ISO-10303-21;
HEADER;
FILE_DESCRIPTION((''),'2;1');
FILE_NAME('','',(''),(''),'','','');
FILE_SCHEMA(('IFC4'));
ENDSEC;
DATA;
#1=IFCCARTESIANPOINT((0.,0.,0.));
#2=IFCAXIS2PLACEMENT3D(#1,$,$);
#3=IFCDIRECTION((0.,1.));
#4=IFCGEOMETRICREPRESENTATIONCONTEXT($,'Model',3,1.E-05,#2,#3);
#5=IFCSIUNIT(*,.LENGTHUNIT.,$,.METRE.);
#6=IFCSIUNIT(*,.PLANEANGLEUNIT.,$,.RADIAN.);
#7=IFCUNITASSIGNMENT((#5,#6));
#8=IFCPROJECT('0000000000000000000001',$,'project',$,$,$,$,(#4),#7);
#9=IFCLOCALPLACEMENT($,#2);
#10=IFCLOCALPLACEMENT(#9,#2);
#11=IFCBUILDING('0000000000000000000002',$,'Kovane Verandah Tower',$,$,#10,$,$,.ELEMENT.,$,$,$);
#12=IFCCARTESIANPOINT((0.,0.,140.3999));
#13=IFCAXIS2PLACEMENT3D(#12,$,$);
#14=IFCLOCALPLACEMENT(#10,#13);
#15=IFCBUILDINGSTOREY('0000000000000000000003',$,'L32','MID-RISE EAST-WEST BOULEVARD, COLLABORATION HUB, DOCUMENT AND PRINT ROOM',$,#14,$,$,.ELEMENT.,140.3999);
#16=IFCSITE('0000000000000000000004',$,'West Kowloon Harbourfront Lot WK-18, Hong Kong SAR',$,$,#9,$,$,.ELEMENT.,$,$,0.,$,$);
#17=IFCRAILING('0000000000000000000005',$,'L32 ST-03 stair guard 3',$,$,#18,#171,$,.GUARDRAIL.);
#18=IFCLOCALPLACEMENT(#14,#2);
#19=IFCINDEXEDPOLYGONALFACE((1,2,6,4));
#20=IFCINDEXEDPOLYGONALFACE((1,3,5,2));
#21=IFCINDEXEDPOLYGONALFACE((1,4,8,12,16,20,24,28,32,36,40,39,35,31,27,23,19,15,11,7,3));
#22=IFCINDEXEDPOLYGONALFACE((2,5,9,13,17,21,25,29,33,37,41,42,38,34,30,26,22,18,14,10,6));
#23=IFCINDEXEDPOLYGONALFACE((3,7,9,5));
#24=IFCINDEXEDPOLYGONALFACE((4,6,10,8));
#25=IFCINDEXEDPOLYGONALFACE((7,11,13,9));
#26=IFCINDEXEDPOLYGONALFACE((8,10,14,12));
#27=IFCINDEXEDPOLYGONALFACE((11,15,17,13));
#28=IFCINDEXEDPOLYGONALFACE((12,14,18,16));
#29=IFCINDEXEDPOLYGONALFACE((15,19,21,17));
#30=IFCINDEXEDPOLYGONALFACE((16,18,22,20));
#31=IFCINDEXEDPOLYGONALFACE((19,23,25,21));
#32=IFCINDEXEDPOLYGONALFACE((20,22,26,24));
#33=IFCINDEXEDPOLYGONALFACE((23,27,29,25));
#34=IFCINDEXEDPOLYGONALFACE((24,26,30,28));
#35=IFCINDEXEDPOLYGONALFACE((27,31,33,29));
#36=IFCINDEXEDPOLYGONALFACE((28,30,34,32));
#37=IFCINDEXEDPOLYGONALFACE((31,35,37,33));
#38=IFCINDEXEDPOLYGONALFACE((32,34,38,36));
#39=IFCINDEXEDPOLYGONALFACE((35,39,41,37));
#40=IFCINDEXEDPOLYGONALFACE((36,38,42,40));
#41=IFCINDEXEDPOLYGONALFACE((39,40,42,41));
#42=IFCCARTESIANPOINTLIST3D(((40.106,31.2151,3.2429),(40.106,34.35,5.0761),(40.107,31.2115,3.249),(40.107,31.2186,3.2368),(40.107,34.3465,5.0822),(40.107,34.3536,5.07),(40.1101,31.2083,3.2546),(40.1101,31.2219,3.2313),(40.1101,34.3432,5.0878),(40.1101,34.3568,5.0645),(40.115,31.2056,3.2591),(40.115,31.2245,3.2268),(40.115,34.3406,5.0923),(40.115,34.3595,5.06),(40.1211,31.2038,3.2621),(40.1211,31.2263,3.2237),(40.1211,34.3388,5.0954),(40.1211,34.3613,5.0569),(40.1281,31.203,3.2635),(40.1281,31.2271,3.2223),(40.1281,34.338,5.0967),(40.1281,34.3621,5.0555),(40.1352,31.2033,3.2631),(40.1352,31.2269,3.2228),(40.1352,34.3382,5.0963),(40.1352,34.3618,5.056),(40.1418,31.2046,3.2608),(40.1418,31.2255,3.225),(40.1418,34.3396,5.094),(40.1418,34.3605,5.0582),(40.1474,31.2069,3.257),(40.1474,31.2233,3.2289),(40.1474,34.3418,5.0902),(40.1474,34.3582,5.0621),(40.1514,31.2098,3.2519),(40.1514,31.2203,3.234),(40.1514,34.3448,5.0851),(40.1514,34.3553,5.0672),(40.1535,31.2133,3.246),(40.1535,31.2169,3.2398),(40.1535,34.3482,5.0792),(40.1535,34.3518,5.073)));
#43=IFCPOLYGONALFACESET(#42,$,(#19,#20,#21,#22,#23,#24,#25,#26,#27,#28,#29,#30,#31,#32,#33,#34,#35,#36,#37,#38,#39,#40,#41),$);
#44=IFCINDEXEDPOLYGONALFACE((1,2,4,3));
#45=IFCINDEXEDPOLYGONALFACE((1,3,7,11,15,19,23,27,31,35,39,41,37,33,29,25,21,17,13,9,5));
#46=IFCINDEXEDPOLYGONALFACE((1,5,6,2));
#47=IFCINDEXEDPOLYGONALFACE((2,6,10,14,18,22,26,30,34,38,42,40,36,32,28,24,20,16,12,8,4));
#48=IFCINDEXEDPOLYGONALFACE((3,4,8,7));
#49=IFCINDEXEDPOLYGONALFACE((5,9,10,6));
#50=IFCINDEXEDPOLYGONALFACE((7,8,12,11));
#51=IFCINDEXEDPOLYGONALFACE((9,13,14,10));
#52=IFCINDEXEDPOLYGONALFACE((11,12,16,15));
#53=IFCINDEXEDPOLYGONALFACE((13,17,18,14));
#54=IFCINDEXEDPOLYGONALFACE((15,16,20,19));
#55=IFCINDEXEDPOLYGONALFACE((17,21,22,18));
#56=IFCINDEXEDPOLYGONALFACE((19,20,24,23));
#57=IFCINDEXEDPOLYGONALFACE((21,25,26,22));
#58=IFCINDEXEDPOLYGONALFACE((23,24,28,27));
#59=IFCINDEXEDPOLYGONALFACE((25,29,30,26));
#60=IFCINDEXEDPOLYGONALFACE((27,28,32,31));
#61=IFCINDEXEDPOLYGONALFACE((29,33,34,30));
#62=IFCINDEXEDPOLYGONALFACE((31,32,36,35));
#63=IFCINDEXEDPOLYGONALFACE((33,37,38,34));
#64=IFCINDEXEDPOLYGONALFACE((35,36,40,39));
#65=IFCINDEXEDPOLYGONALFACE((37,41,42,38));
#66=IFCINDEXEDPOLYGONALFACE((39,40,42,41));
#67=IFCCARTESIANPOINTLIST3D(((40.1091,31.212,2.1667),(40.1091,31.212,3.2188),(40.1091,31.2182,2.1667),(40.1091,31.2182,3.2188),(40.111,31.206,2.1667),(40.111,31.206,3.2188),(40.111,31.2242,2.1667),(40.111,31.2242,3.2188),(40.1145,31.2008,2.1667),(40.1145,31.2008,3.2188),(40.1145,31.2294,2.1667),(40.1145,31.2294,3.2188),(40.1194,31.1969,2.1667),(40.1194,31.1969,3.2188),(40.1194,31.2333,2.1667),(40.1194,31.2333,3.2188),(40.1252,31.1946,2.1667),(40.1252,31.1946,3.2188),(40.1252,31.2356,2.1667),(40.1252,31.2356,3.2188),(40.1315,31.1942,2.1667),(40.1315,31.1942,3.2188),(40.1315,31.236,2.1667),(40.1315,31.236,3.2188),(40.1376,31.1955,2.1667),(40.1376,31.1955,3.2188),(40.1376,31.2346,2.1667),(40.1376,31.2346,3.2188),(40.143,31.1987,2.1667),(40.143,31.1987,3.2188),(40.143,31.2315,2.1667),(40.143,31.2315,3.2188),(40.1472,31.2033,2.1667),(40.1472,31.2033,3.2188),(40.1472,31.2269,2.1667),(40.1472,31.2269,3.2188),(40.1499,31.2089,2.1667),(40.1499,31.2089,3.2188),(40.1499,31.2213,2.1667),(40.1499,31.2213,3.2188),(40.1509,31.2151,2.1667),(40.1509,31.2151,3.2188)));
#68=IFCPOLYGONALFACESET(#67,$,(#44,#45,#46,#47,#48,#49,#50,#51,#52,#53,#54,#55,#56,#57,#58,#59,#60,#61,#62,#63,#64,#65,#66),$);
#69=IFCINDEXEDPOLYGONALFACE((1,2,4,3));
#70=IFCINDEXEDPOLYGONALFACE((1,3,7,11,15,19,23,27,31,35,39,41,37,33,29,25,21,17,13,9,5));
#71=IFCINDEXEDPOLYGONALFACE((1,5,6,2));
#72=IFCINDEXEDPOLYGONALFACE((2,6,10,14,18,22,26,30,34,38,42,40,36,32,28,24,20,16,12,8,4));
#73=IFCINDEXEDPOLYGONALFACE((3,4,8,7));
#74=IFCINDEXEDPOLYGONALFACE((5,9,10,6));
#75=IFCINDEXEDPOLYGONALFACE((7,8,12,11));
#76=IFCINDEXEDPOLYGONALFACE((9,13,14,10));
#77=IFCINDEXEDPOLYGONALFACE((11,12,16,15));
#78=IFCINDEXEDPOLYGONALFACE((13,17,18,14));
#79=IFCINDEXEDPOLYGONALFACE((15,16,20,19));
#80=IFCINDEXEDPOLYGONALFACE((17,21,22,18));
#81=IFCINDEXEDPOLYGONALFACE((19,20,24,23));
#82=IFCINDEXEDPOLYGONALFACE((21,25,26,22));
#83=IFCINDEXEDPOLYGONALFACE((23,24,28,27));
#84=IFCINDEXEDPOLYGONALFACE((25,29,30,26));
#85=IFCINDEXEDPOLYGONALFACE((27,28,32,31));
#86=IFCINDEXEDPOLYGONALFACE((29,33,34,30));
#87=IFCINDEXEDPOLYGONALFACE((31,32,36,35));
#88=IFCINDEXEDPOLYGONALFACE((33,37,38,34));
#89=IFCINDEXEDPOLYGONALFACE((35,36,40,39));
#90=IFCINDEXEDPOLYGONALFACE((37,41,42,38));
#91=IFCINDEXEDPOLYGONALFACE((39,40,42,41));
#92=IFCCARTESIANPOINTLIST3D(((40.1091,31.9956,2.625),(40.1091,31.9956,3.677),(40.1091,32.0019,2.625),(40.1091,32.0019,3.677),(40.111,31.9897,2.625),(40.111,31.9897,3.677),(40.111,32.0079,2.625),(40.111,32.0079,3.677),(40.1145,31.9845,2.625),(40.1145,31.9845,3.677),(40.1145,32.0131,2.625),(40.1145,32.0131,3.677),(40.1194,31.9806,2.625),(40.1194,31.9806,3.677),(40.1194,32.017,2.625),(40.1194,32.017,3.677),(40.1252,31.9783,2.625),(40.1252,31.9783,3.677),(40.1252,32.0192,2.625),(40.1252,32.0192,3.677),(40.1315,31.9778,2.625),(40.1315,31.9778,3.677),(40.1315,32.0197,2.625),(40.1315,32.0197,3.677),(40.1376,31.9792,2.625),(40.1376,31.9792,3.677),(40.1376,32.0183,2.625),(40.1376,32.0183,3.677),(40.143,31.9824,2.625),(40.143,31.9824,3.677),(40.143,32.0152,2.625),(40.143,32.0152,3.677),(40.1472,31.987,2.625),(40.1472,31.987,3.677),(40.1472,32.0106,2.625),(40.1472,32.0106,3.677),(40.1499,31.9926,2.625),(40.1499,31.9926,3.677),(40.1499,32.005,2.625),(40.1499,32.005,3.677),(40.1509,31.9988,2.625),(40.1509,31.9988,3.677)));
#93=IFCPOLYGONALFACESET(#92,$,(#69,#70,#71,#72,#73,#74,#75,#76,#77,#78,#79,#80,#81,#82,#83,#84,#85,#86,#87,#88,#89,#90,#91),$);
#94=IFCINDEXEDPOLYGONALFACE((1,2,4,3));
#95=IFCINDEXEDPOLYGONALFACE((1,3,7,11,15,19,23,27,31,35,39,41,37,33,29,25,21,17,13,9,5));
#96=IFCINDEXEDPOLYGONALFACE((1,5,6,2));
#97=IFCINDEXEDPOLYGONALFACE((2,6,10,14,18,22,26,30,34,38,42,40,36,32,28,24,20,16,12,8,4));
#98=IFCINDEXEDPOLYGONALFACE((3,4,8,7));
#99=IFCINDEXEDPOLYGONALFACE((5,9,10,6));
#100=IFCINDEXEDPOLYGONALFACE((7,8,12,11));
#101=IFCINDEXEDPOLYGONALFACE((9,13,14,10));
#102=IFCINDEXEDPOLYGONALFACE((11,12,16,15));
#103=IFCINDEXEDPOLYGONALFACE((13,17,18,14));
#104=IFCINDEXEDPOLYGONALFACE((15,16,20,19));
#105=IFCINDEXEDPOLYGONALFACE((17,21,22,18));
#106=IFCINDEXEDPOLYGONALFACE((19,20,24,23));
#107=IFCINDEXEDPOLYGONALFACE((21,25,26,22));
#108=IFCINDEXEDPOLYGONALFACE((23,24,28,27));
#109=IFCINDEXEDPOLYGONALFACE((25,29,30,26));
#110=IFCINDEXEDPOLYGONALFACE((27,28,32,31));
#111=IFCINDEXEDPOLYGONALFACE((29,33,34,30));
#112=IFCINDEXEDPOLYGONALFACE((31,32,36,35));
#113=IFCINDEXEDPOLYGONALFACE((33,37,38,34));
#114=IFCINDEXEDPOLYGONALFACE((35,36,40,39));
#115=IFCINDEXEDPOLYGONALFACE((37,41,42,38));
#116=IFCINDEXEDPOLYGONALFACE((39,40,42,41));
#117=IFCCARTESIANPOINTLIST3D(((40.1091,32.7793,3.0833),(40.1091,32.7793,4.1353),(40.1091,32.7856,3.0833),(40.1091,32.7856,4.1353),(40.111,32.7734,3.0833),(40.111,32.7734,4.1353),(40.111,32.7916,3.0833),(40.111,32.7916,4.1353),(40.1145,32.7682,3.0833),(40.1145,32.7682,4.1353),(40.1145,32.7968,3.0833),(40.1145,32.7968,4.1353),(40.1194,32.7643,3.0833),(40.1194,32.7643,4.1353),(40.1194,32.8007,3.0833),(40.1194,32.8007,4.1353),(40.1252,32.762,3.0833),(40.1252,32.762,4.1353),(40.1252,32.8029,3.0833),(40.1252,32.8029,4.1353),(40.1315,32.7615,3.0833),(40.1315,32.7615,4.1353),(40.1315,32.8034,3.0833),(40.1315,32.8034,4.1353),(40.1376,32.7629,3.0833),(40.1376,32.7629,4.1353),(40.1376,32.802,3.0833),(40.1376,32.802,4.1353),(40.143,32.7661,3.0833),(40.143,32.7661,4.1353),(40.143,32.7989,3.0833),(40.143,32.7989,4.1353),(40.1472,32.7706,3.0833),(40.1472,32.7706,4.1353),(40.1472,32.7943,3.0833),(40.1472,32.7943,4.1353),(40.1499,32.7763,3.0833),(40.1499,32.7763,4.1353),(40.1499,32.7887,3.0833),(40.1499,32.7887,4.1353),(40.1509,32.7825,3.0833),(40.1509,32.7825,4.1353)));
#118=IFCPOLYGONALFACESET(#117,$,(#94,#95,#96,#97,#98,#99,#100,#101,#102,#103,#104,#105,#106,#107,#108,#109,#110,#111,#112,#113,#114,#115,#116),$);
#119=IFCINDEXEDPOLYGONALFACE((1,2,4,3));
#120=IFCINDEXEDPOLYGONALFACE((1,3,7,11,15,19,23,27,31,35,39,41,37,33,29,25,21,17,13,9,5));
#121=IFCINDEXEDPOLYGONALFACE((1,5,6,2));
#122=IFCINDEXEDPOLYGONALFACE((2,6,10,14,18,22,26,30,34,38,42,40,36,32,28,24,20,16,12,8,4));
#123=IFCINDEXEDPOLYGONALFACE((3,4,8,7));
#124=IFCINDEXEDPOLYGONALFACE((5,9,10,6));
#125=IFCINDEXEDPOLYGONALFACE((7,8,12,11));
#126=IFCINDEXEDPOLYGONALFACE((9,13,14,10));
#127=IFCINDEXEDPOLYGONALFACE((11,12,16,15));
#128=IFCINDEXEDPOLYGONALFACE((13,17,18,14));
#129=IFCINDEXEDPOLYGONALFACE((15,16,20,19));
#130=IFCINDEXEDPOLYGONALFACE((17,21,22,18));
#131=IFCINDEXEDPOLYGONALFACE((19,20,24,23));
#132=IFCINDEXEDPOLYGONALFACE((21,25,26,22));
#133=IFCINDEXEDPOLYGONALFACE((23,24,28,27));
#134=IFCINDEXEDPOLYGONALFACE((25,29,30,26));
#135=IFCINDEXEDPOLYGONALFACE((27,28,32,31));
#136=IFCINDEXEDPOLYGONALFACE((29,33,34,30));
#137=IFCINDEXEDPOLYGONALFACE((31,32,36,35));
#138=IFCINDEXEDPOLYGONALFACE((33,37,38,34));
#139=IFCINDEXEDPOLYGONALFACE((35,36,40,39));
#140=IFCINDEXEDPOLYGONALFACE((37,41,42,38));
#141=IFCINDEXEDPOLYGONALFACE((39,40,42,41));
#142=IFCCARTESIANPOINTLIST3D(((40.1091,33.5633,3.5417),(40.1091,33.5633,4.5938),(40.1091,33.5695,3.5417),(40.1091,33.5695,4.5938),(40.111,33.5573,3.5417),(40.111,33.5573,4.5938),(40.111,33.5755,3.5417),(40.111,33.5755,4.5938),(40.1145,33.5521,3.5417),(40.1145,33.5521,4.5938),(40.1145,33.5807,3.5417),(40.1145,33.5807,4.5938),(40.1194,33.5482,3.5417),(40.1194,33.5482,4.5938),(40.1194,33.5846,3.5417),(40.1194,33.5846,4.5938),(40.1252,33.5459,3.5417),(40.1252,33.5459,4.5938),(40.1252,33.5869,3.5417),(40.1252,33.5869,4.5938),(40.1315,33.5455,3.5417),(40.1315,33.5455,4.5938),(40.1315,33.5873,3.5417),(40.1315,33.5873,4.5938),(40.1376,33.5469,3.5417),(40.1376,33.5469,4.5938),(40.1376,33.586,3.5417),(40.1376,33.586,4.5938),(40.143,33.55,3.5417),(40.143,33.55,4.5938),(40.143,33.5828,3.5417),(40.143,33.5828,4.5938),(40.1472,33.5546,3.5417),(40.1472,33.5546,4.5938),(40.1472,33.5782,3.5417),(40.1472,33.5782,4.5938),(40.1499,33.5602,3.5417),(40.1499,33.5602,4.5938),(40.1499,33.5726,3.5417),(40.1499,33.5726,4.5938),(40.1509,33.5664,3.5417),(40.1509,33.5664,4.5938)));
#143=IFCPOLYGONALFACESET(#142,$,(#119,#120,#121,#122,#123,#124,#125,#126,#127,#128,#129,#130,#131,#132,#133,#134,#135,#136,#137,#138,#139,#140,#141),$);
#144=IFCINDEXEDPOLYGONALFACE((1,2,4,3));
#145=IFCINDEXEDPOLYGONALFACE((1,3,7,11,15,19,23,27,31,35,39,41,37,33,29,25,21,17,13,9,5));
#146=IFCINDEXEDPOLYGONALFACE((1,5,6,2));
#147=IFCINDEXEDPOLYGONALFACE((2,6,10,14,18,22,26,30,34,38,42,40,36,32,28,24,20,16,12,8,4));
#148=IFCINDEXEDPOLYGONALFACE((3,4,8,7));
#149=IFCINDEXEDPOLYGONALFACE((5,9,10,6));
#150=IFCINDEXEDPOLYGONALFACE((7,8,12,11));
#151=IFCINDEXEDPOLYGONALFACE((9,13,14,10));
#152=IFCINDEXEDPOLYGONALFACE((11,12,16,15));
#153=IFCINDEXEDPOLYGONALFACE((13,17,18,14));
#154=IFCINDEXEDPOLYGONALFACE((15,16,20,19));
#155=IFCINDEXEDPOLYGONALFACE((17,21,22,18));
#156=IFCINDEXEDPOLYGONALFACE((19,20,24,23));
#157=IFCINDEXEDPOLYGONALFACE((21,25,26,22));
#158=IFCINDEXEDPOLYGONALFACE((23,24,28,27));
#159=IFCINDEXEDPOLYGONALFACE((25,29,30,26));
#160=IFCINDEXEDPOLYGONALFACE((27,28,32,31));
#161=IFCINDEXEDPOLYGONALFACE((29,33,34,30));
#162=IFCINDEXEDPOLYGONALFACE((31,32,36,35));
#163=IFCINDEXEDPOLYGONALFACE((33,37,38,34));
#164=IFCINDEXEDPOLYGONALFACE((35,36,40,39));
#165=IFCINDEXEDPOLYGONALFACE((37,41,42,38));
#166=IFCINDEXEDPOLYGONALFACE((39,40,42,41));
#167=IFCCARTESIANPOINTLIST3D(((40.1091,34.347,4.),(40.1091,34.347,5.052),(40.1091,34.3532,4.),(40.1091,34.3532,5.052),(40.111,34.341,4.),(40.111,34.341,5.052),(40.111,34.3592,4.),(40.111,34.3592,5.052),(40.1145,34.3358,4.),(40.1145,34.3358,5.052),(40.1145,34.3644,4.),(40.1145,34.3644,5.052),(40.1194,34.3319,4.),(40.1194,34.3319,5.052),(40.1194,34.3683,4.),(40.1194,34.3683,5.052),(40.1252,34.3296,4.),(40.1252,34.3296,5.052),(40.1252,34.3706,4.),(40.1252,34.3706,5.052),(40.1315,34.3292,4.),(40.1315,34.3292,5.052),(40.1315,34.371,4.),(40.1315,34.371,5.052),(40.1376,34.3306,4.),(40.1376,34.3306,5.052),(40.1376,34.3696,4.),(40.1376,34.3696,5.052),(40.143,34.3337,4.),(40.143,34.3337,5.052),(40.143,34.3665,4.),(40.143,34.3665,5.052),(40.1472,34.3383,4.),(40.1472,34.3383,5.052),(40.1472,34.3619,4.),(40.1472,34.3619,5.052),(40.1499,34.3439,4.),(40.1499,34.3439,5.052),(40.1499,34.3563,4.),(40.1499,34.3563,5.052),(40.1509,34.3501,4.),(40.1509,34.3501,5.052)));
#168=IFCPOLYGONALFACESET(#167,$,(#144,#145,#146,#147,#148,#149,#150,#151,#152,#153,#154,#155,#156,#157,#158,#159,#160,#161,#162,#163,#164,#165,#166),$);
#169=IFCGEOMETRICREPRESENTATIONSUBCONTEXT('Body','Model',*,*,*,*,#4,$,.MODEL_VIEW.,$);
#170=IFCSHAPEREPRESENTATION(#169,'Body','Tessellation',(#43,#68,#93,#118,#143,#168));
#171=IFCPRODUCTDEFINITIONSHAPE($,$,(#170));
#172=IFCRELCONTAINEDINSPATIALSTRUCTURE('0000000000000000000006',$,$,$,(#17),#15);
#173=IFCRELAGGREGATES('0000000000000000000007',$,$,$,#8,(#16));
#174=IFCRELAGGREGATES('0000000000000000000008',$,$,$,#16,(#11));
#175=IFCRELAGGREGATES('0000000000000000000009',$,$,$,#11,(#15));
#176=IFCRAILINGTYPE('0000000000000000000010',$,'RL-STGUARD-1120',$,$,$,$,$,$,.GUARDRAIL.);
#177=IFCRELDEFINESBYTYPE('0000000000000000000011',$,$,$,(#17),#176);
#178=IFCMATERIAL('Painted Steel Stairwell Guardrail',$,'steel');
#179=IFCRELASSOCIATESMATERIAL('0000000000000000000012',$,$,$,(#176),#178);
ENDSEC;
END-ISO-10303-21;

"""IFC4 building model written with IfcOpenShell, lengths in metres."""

from ifc_helpers import new_model, si_unit, direction, frame, origin, origin_2d, place, context, subcontext, project, spatial, circle, extrude, material, type_object, element, save


model = new_model("IFC4")

# Units and contexts
model_context = context("Model", 3, precision=1e-05, world=origin(), true_north=direction((0.0, 1.0)))
body_context = subcontext(model_context, "Body", "Model", "MODEL_VIEW")
ifc_project = project(units=[si_unit("LENGTHUNIT", "METRE"), si_unit("PLANEANGLEUNIT", "RADIAN")], contexts=[model_context])

# Site, building, storey
site_placement = place(None, origin())
site = spatial("IfcSite", under=ifc_project, at=site_placement, Name="West Kowloon Harbourfront Lot WK-18, Hong Kong SAR", CompositionType="ELEMENT", RefElevation=0.0)
building_placement = place(site_placement, origin())
building = spatial("IfcBuilding", under=site, at=building_placement, Name="Kovane Verandah Tower", CompositionType="ELEMENT")
storey_placement = place(building_placement, frame((0.0, 0.0, 140.3999)))
storey = spatial("IfcBuildingStorey", under=building, at=storey_placement, Name="L32", Description="MID-RISE EAST-WEST BOULEVARD, COLLABORATION HUB, DOCUMENT AND PRINT ROOM", CompositionType="ELEMENT", Elevation=140.3999)

# Railing
ifc_material_1 = material(Name="Painted Steel Stairwell Guardrail", Category="steel")
railing_type_1 = type_object("IfcRailingType", Name="RL-STGUARD-1120", PredefinedType="GUARDRAIL", material=ifc_material_1)
railing_1_placement = place(storey_placement, frame((40.1299, 31.2151, 2.1667)))
element("IfcRailing", 1, at=railing_1_placement, inside=storey, type_object=railing_type_1, Name="L32 ST-03 stair guard 3", PredefinedType="GUARDRAIL", context=body_context, shape_type="SweptSolid", body=[
    extrude(circle(Radius=0.0239, at=origin_2d()), frame((0.0, 0.0, 1.0762), z_axis=(0.0, 0.86324, 0.504794), x_axis=(-1.0, 0.0, 0.0)), (0.0, 0.0, 1.0), 3.6316),
    extrude(circle(Radius=0.021, at=origin_2d()), origin(), (0.0, 0.0, 1.0), 1.052),
    extrude(circle(Radius=0.021, at=origin_2d()), frame((0.0, 0.7837, 0.4583)), (0.0, 0.0, 1.0), 1.052),
    extrude(circle(Radius=0.021, at=origin_2d()), frame((0.0, 1.5674, 0.9165)), (0.0, 0.0, 1.0), 1.052),
    extrude(circle(Radius=0.021, at=origin_2d()), frame((0.0, 2.3513, 1.375)), (0.0, 0.0, 1.0), 1.052),
    extrude(circle(Radius=0.021, at=origin_2d()), frame((0.0, 3.135, 1.8333)), (0.0, 0.0, 1.0), 1.052),
])

save(model, "model.ifc")
